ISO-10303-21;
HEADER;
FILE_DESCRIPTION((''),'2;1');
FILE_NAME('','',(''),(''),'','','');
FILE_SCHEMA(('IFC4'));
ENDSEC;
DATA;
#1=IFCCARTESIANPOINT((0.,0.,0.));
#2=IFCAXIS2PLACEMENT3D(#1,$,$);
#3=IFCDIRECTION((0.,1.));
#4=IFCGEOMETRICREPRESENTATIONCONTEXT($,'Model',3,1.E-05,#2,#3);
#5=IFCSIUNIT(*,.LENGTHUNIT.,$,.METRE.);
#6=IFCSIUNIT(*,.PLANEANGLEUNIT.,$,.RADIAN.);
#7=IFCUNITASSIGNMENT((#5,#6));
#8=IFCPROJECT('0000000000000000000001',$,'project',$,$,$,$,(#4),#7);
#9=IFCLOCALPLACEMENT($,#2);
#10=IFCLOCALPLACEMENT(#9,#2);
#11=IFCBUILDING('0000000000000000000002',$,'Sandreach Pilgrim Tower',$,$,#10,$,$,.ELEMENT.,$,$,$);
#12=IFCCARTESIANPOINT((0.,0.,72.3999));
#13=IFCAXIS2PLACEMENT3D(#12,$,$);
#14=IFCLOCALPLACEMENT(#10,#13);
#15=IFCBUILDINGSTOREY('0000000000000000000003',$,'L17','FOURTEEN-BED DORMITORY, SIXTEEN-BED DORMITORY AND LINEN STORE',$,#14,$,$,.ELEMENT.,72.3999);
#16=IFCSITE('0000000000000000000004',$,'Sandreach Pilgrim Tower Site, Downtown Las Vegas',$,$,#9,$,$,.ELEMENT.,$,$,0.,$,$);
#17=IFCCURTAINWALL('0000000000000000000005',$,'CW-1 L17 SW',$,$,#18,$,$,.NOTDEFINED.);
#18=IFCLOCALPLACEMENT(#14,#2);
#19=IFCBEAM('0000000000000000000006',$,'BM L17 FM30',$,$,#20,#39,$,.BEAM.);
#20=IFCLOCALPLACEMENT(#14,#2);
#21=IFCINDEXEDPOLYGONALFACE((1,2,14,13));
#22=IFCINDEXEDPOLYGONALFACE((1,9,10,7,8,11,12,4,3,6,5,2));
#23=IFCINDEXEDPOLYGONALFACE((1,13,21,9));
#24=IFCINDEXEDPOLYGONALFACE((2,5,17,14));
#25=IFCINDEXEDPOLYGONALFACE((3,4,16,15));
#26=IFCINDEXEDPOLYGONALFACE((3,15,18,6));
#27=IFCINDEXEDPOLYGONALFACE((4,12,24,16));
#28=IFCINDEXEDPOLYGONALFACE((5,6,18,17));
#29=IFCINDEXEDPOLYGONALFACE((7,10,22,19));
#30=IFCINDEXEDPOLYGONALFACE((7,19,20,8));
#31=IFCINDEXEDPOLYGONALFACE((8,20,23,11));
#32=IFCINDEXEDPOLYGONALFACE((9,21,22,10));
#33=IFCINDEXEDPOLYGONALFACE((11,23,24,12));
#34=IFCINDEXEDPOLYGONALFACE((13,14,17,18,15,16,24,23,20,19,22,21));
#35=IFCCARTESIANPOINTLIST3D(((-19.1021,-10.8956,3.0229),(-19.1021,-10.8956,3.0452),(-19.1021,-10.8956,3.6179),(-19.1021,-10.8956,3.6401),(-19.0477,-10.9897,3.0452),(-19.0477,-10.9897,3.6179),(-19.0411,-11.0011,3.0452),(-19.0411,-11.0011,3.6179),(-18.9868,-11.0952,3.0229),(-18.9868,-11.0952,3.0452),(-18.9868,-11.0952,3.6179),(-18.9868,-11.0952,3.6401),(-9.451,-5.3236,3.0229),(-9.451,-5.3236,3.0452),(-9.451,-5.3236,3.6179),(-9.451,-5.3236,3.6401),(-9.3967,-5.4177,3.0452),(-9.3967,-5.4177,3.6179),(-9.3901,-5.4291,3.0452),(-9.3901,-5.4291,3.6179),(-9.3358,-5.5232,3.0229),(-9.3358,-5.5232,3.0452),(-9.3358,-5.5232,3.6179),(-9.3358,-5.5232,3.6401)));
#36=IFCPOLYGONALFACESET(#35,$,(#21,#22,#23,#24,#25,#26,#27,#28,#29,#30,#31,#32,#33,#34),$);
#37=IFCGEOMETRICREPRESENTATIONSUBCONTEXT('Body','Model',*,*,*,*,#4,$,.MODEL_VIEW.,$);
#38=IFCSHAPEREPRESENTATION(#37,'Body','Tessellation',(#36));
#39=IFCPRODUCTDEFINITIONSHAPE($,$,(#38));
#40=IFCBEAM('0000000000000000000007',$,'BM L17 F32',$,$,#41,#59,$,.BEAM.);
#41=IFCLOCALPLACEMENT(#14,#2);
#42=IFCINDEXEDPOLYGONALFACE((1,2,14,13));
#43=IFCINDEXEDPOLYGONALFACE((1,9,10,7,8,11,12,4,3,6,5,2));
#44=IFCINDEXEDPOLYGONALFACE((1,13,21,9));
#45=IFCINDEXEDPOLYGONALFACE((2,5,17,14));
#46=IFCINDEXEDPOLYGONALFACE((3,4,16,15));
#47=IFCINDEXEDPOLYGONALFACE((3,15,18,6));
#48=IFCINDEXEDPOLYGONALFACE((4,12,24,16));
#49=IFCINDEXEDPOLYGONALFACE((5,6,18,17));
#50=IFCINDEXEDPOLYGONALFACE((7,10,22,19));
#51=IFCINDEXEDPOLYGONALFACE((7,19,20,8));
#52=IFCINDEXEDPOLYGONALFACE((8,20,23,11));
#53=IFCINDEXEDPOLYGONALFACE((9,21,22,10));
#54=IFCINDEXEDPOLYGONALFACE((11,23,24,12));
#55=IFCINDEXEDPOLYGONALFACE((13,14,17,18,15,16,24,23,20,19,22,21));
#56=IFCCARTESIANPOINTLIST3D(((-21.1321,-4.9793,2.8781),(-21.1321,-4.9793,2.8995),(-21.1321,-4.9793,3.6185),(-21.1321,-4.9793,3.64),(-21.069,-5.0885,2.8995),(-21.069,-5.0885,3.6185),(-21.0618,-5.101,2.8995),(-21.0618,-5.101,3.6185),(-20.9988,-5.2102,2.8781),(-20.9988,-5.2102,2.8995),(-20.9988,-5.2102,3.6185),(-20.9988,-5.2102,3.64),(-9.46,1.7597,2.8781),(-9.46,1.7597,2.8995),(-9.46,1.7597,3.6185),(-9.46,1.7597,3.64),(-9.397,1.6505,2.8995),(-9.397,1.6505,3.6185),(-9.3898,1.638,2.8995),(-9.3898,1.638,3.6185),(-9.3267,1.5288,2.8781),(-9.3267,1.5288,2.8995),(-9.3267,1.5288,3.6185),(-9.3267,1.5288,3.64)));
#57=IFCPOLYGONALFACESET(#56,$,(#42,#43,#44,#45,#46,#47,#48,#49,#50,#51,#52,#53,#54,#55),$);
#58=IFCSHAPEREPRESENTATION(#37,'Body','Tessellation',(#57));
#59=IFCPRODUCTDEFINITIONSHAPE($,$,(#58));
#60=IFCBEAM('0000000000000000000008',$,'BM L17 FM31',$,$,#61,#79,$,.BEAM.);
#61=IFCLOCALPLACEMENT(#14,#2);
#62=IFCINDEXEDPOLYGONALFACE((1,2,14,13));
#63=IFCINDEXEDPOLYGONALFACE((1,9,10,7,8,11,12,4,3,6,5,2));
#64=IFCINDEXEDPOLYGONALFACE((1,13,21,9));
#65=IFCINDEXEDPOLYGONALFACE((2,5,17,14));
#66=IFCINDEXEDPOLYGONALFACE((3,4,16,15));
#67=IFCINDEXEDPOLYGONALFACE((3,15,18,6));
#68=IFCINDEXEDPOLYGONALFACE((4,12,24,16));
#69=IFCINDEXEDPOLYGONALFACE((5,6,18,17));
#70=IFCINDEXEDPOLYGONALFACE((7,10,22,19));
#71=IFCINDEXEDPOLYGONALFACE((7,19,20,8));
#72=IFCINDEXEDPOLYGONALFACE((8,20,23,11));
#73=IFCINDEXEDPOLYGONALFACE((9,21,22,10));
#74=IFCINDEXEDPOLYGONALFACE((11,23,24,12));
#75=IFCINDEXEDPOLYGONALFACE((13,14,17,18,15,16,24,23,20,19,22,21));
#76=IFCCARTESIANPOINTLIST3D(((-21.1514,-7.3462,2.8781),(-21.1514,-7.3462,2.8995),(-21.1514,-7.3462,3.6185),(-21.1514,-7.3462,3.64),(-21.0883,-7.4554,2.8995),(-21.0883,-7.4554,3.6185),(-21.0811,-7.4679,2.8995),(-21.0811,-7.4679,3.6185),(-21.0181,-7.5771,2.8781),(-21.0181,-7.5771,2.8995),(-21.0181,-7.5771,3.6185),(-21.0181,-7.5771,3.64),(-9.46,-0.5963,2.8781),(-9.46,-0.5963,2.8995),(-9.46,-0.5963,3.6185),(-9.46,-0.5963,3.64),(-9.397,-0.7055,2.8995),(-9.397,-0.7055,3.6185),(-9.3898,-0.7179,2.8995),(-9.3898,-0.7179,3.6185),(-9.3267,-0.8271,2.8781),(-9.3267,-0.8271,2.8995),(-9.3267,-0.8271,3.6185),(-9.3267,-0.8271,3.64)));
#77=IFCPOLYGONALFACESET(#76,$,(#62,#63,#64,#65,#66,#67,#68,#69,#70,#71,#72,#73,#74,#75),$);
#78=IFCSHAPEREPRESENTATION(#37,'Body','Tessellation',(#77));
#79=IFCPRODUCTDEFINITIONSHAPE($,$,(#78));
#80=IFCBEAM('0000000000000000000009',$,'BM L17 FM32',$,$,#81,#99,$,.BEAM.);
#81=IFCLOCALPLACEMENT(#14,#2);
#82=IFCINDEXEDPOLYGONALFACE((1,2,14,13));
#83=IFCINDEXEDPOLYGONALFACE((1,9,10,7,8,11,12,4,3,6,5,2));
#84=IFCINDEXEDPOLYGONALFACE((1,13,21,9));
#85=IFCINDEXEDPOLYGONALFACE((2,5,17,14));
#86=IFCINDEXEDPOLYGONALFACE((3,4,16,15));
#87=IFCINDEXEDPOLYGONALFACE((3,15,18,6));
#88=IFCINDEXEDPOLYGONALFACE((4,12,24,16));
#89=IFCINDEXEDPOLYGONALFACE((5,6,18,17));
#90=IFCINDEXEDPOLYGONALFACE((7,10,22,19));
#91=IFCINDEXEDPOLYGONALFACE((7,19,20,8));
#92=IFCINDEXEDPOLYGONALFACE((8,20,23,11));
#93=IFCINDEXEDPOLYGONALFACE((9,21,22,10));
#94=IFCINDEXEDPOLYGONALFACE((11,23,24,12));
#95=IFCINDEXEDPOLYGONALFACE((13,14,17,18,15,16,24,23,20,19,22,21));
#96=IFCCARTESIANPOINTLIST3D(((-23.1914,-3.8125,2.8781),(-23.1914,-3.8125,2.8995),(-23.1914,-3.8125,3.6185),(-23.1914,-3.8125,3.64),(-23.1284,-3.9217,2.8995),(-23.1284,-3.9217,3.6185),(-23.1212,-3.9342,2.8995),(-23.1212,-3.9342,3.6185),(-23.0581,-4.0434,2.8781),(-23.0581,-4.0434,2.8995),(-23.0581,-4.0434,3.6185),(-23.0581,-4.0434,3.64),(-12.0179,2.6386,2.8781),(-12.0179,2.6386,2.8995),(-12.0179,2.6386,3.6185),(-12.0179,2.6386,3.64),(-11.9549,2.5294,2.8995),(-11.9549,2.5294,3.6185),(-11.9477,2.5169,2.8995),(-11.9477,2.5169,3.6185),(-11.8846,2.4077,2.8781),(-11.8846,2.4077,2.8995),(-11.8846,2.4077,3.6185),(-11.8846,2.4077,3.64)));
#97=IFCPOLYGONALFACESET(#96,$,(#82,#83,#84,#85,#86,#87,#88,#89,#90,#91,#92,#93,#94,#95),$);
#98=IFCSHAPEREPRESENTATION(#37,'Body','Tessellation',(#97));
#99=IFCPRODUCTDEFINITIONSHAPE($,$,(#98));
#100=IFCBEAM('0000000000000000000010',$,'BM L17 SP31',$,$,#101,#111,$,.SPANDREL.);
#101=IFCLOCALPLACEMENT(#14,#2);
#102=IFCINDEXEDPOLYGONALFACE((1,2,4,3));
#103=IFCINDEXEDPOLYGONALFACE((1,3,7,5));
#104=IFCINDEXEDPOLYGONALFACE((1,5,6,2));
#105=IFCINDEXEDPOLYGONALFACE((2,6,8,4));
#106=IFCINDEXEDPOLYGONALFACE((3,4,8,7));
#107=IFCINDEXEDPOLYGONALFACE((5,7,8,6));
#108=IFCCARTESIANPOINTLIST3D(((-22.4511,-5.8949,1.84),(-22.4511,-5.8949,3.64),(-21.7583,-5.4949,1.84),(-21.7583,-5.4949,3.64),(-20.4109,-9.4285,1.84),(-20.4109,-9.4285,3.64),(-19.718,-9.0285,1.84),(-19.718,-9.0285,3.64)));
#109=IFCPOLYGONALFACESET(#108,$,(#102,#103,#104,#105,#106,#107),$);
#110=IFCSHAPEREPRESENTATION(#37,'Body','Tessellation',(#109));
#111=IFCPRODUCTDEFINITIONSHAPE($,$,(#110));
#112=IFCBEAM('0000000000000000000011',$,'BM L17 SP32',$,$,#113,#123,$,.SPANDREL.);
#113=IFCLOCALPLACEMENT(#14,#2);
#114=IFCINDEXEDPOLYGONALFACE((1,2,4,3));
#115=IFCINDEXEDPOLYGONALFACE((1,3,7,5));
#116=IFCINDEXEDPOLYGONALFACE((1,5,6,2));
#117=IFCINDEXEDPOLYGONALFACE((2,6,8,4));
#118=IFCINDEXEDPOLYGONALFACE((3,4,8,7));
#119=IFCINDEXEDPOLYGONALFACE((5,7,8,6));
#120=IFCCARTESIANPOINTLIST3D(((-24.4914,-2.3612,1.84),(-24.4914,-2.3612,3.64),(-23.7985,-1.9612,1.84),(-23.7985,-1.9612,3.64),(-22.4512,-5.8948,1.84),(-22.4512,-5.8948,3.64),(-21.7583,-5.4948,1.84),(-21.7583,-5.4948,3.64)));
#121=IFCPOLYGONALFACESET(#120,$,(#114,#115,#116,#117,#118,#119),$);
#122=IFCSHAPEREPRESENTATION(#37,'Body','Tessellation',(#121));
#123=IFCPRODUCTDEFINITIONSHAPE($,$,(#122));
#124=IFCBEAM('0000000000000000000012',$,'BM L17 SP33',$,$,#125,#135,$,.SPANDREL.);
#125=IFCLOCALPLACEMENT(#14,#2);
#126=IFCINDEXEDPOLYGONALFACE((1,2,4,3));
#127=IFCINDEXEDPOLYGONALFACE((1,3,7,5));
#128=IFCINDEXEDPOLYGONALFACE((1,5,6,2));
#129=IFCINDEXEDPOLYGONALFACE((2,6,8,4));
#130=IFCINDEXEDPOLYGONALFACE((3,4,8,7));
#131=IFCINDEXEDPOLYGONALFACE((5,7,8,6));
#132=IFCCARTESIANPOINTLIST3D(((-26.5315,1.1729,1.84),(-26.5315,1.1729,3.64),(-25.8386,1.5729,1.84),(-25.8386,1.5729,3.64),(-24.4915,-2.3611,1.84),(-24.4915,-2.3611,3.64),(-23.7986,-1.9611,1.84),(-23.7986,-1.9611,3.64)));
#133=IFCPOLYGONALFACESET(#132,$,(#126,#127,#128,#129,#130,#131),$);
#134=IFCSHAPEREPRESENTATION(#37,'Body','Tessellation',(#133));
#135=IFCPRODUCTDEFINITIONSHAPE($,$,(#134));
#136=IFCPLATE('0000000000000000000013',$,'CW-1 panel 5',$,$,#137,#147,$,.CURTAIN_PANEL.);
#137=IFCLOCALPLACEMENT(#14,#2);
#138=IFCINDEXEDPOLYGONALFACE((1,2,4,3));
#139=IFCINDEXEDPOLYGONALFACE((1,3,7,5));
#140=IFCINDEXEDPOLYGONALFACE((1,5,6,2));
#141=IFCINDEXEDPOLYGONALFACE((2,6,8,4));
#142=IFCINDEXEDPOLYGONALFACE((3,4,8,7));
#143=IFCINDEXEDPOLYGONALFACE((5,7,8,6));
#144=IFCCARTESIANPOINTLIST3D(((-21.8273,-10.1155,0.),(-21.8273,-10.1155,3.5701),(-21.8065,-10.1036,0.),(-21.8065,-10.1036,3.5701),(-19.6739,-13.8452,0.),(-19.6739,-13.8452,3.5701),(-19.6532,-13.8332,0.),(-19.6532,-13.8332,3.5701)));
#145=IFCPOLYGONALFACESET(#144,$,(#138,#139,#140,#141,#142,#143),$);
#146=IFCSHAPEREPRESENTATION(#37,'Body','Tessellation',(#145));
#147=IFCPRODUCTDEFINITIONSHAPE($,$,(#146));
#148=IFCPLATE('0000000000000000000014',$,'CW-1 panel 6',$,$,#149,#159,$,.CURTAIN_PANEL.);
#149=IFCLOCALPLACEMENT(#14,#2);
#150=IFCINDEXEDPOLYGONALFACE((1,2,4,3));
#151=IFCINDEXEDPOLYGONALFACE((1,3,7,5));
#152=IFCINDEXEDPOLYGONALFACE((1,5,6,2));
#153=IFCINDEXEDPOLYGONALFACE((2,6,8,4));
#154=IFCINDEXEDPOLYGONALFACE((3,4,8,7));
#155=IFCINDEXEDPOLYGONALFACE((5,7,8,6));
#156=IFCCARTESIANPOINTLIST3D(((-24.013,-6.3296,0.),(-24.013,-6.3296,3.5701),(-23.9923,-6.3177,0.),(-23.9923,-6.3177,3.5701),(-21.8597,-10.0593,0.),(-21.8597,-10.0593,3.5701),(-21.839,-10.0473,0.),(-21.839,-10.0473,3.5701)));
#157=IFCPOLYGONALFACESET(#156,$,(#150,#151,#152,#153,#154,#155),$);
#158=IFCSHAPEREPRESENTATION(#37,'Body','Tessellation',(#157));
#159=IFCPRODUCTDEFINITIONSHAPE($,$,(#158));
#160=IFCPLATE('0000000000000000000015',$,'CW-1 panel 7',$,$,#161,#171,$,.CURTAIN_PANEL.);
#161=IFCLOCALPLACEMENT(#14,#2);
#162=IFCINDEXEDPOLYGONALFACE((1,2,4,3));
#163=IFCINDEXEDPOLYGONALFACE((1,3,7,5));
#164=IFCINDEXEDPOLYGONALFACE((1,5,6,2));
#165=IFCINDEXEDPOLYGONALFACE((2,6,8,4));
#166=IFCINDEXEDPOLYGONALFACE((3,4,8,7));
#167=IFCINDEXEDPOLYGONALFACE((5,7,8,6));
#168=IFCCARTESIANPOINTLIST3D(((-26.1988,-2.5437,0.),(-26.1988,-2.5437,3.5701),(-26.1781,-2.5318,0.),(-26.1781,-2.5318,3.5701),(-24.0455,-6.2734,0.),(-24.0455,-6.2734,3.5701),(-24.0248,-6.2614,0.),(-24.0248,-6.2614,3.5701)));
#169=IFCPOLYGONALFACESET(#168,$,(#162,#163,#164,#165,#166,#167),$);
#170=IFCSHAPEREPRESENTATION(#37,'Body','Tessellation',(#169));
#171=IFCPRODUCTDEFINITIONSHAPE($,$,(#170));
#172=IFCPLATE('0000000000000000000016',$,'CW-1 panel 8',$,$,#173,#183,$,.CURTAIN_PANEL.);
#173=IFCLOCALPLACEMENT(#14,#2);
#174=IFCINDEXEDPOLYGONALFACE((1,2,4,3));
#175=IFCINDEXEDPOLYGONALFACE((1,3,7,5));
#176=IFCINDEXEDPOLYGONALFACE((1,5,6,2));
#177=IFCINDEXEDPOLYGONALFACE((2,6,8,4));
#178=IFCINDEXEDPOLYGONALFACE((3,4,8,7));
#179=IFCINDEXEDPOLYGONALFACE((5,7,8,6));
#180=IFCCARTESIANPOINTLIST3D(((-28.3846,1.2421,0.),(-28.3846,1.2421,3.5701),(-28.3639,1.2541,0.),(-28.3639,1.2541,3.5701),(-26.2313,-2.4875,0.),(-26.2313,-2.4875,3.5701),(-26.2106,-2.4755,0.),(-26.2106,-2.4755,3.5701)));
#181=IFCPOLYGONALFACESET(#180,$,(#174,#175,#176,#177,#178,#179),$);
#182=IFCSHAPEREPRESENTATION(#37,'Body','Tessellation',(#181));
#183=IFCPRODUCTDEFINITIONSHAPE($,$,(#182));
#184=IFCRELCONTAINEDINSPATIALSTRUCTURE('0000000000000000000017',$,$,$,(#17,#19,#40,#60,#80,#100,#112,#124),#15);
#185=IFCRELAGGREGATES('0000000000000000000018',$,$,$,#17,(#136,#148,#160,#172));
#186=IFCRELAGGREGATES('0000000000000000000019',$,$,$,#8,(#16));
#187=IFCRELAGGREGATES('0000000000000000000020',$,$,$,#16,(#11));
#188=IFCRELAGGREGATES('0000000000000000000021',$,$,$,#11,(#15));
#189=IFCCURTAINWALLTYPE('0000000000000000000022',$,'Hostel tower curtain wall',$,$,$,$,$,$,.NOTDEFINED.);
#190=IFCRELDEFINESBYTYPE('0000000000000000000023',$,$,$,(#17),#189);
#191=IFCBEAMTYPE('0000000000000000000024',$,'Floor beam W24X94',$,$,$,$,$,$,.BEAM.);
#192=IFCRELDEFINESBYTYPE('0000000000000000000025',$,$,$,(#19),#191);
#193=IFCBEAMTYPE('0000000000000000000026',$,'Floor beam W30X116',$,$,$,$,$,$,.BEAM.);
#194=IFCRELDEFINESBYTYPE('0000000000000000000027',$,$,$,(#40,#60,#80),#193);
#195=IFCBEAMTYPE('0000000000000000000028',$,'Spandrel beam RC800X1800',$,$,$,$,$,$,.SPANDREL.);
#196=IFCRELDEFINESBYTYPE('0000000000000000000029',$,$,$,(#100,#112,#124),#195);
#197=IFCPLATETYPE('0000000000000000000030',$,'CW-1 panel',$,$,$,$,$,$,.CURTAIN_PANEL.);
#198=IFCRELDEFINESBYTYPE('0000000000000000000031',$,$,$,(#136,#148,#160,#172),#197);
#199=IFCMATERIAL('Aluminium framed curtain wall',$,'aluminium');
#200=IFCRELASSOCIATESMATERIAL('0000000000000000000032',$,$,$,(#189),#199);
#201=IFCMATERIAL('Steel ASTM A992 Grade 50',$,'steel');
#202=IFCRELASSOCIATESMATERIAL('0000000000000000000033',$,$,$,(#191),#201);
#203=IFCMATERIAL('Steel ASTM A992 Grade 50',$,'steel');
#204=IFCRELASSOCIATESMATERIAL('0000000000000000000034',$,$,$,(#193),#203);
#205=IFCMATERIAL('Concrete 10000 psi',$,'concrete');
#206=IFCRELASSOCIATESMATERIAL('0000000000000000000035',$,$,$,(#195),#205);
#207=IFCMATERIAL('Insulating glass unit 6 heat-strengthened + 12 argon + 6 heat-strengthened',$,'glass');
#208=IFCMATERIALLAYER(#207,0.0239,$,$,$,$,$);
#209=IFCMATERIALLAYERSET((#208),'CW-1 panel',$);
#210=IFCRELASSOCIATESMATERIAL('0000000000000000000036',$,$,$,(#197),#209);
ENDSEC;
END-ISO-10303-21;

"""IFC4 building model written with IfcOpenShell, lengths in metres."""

from ifc_helpers import new_model, si_unit, direction, frame, origin, origin_2d, place, context, subcontext, project, spatial, rectangle, i_section, extrude, material, layer, layer_set, material_profile, profile_set, type_object, element, aggregate, save


model = new_model("IFC4")

# Units and contexts
model_context = context("Model", 3, precision=1e-05, world=origin(), true_north=direction((0.0, 1.0)))
body_context = subcontext(model_context, "Body", "Model", "MODEL_VIEW")
ifc_project = project(units=[si_unit("LENGTHUNIT", "METRE"), si_unit("PLANEANGLEUNIT", "RADIAN")], contexts=[model_context])

# Site, building, storey
site_placement = place(None, origin())
site = spatial("IfcSite", under=ifc_project, at=site_placement, Name="Sandreach Pilgrim Tower Site, Downtown Las Vegas", CompositionType="ELEMENT", RefElevation=0.0)
building_placement = place(site_placement, origin())
building = spatial("IfcBuilding", under=site, at=building_placement, Name="Sandreach Pilgrim Tower", CompositionType="ELEMENT")
storey_placement = place(building_placement, frame((0.0, 0.0, 72.3999)))
storey = spatial("IfcBuildingStorey", under=building, at=storey_placement, Name="L17", Description="FOURTEEN-BED DORMITORY, SIXTEEN-BED DORMITORY AND LINEN STORE", CompositionType="ELEMENT", Elevation=72.3999)

# Curtain wall
ifc_material_1 = material(Name="Aluminium framed curtain wall", Category="aluminium")
curtain_wall_type = type_object("IfcCurtainWallType", Name="Hostel tower curtain wall", PredefinedType="NOTDEFINED", material=ifc_material_1)
curtain_wall_placement = place(storey_placement, origin())
curtain_wall = element("IfcCurtainWall", 1, at=curtain_wall_placement, inside=storey, type_object=curtain_wall_type, Name="CW-1 L17 SW", PredefinedType="NOTDEFINED")

# Beams
ifc_material_2 = material(Name="Steel ASTM A992 Grade 50", Category="steel")
ifc_material_profile_1 = material_profile(ifc_material_2, i_section(OverallWidth=0.2305, OverallDepth=0.6172, WebThickness=0.0132, FlangeThickness=0.0222, at=origin_2d()), Name="W24X94")
ifc_profile_set_1 = profile_set([ifc_material_profile_1], Name="Steel ASTM A992 Grade 50")
beam_type_1 = type_object("IfcBeamType", Name="Floor beam W24X94", PredefinedType="BEAM", material=ifc_profile_set_1)
beam_1_placement = place(storey_placement, frame((-19.0444, -10.9954, 3.3315), z_axis=(0.866028, 0.499996, 0.0), x_axis=(-0.499996, 0.866028, 0.0)))
element("IfcBeam", 2, at=beam_1_placement, inside=storey, type_object=beam_type_1, Name="BM L17 FM30", PredefinedType="BEAM", context=body_context, shape_type="SweptSolid", body=[
    extrude(i_section(OverallWidth=0.2305, OverallDepth=0.6172, WebThickness=0.0132, FlangeThickness=0.0222, at=origin_2d()), origin(), (0.0, 0.0, 1.0), 11.144),
])
ifc_material_3 = material(Name="Steel ASTM A992 Grade 50", Category="steel")
ifc_material_profile_2 = material_profile(ifc_material_3, i_section(OverallWidth=0.2666, OverallDepth=0.762, WebThickness=0.0144, FlangeThickness=0.0215, at=origin_2d()), Name="W30X116")
ifc_profile_set_2 = profile_set([ifc_material_profile_2], Name="Steel ASTM A992 Grade 50")
beam_type_2 = type_object("IfcBeamType", Name="Floor beam W30X116", PredefinedType="BEAM", material=ifc_profile_set_2)
beam_2_placement = place(storey_placement, frame((-21.0654, -5.0947, 3.259), z_axis=(0.866022, 0.500006, 0.0), x_axis=(-0.500006, 0.866022, 0.0)))
element("IfcBeam", 3, at=beam_2_placement, inside=storey, type_object=beam_type_2, Name="BM L17 F32", PredefinedType="BEAM", context=body_context, shape_type="SweptSolid", body=[
    extrude(i_section(OverallWidth=0.2666, OverallDepth=0.762, WebThickness=0.0144, FlangeThickness=0.0215, at=origin_2d()), origin(), (0.0, 0.0, 1.0), 13.4778),
])
beam_3_placement = place(storey_placement, frame((-21.0847, -7.4617, 3.259), z_axis=(0.866027, 0.499998, 0.0), x_axis=(-0.499998, 0.866027, 0.0)))
element("IfcBeam", 4, at=beam_3_placement, inside=storey, type_object=beam_type_2, Name="BM L17 FM31", PredefinedType="BEAM", context=body_context, shape_type="SweptSolid", body=[
    extrude(i_section(OverallWidth=0.2666, OverallDepth=0.762, WebThickness=0.0144, FlangeThickness=0.0215, at=origin_2d()), origin(), (0.0, 0.0, 1.0), 13.5),
])
beam_4_placement = place(storey_placement, frame((-23.1248, -3.928, 3.259), z_axis=(0.866022, 0.500006, 0.0), x_axis=(-0.500006, 0.866022, 0.0)))
element("IfcBeam", 5, at=beam_4_placement, inside=storey, type_object=beam_type_2, Name="BM L17 FM32", PredefinedType="BEAM", context=body_context, shape_type="SweptSolid", body=[
    extrude(i_section(OverallWidth=0.2666, OverallDepth=0.762, WebThickness=0.0144, FlangeThickness=0.0215, at=origin_2d()), origin(), (0.0, 0.0, 1.0), 12.9021),
])
ifc_material_4 = material(Name="Concrete 10000 psi", Category="concrete")
ifc_material_profile_3 = material_profile(ifc_material_4, rectangle(XDim=0.8, YDim=1.8, at=origin_2d()), Name="RC800X1800")
ifc_profile_set_3 = profile_set([ifc_material_profile_3], Name="Concrete 10000 psi")
beam_type_3 = type_object("IfcBeamType", Name="Spandrel beam RC800X1800", PredefinedType="SPANDREL", material=ifc_profile_set_3)
for number, where, z_axis, x_axis, name in (
    (6, (-20.0645, -9.2285, 2.74), (-0.500019, 0.866014, 0.0), (-0.866014, -0.500019, 0.0), "BM L17 SP31"),
    (7, (-22.1047, -5.6948, 2.74), (-0.500019, 0.866014, 0.0), (-0.866014, -0.500019, 0.0), "BM L17 SP32"),
):
    element("IfcBeam", number, at=place(storey_placement, frame(where, z_axis=z_axis, x_axis=x_axis)), inside=storey, type_object=beam_type_3, Name=name, PredefinedType="SPANDREL", context=body_context, shape_type="SweptSolid", body=[
        extrude(rectangle(XDim=0.8, YDim=1.8, at=origin_2d()), origin(), (0.0, 0.0, 1.0), 4.0803),
    ])
beam_5_placement = place(storey_placement, frame((-24.145, -2.1611, 2.74), z_axis=(-0.499949, 0.866055, 0.0), x_axis=(-0.866055, -0.499949, 0.0)))
element("IfcBeam", 8, at=beam_5_placement, inside=storey, type_object=beam_type_3, Name="BM L17 SP33", PredefinedType="SPANDREL", context=body_context, shape_type="SweptSolid", body=[
    extrude(rectangle(XDim=0.8, YDim=1.8, at=origin_2d()), origin(), (0.0, 0.0, 1.0), 4.0806),
])

# Plates
ifc_material_5 = material(Name="Insulating glass unit 6 heat-strengthened + 12 argon + 6 heat-strengthened", Category="glass")
ifc_layer_1 = layer(ifc_material_5, 0.0239)
ifc_layer_set_1 = layer_set([ifc_layer_1], Name="CW-1 panel")
plate_type = type_object("IfcPlateType", Name="CW-1 panel", PredefinedType="CURTAIN_PANEL", material=ifc_layer_set_1)
plate_1_placement = place(storey_placement, frame((-20.7402, -11.9744, 0.0), z_axis=(0.0, 0.0, 1.0), x_axis=(-0.5, 0.866025, 0.0)))
plate_1 = element("IfcPlate", 9, at=plate_1_placement, type_object=plate_type, Name="CW-1 panel 5", PredefinedType="CURTAIN_PANEL", context=body_context, shape_type="SweptSolid", body=[
    extrude(rectangle(XDim=4.3066, YDim=0.0239, at=origin_2d()), origin(), (0.0, 0.0, 1.0), 3.5701),
])
plate_2_placement = place(storey_placement, frame((-22.926, -8.1885, 0.0), z_axis=(0.0, 0.0, 1.0), x_axis=(-0.5, 0.866025, 0.0)))
plate_2 = element("IfcPlate", 10, at=plate_2_placement, type_object=plate_type, Name="CW-1 panel 6", PredefinedType="CURTAIN_PANEL", context=body_context, shape_type="SweptSolid", body=[
    extrude(rectangle(XDim=4.3066, YDim=0.0239, at=origin_2d()), origin(), (0.0, 0.0, 1.0), 3.5701),
])
plate_3_placement = place(storey_placement, frame((-25.1118, -4.4026, 0.0), z_axis=(0.0, 0.0, 1.0), x_axis=(-0.5, 0.866025, 0.0)))
plate_3 = element("IfcPlate", 11, at=plate_3_placement, type_object=plate_type, Name="CW-1 panel 7", PredefinedType="CURTAIN_PANEL", context=body_context, shape_type="SweptSolid", body=[
    extrude(rectangle(XDim=4.3066, YDim=0.0239, at=origin_2d()), origin(), (0.0, 0.0, 1.0), 3.5701),
])
plate_4_placement = place(storey_placement, frame((-27.2976, -0.6167, 0.0), z_axis=(0.0, 0.0, 1.0), x_axis=(-0.5, 0.866025, 0.0)))
plate_4 = element("IfcPlate", 12, at=plate_4_placement, type_object=plate_type, Name="CW-1 panel 8", PredefinedType="CURTAIN_PANEL", context=body_context, shape_type="SweptSolid", body=[
    extrude(rectangle(XDim=4.3066, YDim=0.0239, at=origin_2d()), origin(), (0.0, 0.0, 1.0), 3.5701),
])
aggregate(curtain_wall, [plate_1, plate_2, plate_3, plate_4])

save(model, "model.ifc")
